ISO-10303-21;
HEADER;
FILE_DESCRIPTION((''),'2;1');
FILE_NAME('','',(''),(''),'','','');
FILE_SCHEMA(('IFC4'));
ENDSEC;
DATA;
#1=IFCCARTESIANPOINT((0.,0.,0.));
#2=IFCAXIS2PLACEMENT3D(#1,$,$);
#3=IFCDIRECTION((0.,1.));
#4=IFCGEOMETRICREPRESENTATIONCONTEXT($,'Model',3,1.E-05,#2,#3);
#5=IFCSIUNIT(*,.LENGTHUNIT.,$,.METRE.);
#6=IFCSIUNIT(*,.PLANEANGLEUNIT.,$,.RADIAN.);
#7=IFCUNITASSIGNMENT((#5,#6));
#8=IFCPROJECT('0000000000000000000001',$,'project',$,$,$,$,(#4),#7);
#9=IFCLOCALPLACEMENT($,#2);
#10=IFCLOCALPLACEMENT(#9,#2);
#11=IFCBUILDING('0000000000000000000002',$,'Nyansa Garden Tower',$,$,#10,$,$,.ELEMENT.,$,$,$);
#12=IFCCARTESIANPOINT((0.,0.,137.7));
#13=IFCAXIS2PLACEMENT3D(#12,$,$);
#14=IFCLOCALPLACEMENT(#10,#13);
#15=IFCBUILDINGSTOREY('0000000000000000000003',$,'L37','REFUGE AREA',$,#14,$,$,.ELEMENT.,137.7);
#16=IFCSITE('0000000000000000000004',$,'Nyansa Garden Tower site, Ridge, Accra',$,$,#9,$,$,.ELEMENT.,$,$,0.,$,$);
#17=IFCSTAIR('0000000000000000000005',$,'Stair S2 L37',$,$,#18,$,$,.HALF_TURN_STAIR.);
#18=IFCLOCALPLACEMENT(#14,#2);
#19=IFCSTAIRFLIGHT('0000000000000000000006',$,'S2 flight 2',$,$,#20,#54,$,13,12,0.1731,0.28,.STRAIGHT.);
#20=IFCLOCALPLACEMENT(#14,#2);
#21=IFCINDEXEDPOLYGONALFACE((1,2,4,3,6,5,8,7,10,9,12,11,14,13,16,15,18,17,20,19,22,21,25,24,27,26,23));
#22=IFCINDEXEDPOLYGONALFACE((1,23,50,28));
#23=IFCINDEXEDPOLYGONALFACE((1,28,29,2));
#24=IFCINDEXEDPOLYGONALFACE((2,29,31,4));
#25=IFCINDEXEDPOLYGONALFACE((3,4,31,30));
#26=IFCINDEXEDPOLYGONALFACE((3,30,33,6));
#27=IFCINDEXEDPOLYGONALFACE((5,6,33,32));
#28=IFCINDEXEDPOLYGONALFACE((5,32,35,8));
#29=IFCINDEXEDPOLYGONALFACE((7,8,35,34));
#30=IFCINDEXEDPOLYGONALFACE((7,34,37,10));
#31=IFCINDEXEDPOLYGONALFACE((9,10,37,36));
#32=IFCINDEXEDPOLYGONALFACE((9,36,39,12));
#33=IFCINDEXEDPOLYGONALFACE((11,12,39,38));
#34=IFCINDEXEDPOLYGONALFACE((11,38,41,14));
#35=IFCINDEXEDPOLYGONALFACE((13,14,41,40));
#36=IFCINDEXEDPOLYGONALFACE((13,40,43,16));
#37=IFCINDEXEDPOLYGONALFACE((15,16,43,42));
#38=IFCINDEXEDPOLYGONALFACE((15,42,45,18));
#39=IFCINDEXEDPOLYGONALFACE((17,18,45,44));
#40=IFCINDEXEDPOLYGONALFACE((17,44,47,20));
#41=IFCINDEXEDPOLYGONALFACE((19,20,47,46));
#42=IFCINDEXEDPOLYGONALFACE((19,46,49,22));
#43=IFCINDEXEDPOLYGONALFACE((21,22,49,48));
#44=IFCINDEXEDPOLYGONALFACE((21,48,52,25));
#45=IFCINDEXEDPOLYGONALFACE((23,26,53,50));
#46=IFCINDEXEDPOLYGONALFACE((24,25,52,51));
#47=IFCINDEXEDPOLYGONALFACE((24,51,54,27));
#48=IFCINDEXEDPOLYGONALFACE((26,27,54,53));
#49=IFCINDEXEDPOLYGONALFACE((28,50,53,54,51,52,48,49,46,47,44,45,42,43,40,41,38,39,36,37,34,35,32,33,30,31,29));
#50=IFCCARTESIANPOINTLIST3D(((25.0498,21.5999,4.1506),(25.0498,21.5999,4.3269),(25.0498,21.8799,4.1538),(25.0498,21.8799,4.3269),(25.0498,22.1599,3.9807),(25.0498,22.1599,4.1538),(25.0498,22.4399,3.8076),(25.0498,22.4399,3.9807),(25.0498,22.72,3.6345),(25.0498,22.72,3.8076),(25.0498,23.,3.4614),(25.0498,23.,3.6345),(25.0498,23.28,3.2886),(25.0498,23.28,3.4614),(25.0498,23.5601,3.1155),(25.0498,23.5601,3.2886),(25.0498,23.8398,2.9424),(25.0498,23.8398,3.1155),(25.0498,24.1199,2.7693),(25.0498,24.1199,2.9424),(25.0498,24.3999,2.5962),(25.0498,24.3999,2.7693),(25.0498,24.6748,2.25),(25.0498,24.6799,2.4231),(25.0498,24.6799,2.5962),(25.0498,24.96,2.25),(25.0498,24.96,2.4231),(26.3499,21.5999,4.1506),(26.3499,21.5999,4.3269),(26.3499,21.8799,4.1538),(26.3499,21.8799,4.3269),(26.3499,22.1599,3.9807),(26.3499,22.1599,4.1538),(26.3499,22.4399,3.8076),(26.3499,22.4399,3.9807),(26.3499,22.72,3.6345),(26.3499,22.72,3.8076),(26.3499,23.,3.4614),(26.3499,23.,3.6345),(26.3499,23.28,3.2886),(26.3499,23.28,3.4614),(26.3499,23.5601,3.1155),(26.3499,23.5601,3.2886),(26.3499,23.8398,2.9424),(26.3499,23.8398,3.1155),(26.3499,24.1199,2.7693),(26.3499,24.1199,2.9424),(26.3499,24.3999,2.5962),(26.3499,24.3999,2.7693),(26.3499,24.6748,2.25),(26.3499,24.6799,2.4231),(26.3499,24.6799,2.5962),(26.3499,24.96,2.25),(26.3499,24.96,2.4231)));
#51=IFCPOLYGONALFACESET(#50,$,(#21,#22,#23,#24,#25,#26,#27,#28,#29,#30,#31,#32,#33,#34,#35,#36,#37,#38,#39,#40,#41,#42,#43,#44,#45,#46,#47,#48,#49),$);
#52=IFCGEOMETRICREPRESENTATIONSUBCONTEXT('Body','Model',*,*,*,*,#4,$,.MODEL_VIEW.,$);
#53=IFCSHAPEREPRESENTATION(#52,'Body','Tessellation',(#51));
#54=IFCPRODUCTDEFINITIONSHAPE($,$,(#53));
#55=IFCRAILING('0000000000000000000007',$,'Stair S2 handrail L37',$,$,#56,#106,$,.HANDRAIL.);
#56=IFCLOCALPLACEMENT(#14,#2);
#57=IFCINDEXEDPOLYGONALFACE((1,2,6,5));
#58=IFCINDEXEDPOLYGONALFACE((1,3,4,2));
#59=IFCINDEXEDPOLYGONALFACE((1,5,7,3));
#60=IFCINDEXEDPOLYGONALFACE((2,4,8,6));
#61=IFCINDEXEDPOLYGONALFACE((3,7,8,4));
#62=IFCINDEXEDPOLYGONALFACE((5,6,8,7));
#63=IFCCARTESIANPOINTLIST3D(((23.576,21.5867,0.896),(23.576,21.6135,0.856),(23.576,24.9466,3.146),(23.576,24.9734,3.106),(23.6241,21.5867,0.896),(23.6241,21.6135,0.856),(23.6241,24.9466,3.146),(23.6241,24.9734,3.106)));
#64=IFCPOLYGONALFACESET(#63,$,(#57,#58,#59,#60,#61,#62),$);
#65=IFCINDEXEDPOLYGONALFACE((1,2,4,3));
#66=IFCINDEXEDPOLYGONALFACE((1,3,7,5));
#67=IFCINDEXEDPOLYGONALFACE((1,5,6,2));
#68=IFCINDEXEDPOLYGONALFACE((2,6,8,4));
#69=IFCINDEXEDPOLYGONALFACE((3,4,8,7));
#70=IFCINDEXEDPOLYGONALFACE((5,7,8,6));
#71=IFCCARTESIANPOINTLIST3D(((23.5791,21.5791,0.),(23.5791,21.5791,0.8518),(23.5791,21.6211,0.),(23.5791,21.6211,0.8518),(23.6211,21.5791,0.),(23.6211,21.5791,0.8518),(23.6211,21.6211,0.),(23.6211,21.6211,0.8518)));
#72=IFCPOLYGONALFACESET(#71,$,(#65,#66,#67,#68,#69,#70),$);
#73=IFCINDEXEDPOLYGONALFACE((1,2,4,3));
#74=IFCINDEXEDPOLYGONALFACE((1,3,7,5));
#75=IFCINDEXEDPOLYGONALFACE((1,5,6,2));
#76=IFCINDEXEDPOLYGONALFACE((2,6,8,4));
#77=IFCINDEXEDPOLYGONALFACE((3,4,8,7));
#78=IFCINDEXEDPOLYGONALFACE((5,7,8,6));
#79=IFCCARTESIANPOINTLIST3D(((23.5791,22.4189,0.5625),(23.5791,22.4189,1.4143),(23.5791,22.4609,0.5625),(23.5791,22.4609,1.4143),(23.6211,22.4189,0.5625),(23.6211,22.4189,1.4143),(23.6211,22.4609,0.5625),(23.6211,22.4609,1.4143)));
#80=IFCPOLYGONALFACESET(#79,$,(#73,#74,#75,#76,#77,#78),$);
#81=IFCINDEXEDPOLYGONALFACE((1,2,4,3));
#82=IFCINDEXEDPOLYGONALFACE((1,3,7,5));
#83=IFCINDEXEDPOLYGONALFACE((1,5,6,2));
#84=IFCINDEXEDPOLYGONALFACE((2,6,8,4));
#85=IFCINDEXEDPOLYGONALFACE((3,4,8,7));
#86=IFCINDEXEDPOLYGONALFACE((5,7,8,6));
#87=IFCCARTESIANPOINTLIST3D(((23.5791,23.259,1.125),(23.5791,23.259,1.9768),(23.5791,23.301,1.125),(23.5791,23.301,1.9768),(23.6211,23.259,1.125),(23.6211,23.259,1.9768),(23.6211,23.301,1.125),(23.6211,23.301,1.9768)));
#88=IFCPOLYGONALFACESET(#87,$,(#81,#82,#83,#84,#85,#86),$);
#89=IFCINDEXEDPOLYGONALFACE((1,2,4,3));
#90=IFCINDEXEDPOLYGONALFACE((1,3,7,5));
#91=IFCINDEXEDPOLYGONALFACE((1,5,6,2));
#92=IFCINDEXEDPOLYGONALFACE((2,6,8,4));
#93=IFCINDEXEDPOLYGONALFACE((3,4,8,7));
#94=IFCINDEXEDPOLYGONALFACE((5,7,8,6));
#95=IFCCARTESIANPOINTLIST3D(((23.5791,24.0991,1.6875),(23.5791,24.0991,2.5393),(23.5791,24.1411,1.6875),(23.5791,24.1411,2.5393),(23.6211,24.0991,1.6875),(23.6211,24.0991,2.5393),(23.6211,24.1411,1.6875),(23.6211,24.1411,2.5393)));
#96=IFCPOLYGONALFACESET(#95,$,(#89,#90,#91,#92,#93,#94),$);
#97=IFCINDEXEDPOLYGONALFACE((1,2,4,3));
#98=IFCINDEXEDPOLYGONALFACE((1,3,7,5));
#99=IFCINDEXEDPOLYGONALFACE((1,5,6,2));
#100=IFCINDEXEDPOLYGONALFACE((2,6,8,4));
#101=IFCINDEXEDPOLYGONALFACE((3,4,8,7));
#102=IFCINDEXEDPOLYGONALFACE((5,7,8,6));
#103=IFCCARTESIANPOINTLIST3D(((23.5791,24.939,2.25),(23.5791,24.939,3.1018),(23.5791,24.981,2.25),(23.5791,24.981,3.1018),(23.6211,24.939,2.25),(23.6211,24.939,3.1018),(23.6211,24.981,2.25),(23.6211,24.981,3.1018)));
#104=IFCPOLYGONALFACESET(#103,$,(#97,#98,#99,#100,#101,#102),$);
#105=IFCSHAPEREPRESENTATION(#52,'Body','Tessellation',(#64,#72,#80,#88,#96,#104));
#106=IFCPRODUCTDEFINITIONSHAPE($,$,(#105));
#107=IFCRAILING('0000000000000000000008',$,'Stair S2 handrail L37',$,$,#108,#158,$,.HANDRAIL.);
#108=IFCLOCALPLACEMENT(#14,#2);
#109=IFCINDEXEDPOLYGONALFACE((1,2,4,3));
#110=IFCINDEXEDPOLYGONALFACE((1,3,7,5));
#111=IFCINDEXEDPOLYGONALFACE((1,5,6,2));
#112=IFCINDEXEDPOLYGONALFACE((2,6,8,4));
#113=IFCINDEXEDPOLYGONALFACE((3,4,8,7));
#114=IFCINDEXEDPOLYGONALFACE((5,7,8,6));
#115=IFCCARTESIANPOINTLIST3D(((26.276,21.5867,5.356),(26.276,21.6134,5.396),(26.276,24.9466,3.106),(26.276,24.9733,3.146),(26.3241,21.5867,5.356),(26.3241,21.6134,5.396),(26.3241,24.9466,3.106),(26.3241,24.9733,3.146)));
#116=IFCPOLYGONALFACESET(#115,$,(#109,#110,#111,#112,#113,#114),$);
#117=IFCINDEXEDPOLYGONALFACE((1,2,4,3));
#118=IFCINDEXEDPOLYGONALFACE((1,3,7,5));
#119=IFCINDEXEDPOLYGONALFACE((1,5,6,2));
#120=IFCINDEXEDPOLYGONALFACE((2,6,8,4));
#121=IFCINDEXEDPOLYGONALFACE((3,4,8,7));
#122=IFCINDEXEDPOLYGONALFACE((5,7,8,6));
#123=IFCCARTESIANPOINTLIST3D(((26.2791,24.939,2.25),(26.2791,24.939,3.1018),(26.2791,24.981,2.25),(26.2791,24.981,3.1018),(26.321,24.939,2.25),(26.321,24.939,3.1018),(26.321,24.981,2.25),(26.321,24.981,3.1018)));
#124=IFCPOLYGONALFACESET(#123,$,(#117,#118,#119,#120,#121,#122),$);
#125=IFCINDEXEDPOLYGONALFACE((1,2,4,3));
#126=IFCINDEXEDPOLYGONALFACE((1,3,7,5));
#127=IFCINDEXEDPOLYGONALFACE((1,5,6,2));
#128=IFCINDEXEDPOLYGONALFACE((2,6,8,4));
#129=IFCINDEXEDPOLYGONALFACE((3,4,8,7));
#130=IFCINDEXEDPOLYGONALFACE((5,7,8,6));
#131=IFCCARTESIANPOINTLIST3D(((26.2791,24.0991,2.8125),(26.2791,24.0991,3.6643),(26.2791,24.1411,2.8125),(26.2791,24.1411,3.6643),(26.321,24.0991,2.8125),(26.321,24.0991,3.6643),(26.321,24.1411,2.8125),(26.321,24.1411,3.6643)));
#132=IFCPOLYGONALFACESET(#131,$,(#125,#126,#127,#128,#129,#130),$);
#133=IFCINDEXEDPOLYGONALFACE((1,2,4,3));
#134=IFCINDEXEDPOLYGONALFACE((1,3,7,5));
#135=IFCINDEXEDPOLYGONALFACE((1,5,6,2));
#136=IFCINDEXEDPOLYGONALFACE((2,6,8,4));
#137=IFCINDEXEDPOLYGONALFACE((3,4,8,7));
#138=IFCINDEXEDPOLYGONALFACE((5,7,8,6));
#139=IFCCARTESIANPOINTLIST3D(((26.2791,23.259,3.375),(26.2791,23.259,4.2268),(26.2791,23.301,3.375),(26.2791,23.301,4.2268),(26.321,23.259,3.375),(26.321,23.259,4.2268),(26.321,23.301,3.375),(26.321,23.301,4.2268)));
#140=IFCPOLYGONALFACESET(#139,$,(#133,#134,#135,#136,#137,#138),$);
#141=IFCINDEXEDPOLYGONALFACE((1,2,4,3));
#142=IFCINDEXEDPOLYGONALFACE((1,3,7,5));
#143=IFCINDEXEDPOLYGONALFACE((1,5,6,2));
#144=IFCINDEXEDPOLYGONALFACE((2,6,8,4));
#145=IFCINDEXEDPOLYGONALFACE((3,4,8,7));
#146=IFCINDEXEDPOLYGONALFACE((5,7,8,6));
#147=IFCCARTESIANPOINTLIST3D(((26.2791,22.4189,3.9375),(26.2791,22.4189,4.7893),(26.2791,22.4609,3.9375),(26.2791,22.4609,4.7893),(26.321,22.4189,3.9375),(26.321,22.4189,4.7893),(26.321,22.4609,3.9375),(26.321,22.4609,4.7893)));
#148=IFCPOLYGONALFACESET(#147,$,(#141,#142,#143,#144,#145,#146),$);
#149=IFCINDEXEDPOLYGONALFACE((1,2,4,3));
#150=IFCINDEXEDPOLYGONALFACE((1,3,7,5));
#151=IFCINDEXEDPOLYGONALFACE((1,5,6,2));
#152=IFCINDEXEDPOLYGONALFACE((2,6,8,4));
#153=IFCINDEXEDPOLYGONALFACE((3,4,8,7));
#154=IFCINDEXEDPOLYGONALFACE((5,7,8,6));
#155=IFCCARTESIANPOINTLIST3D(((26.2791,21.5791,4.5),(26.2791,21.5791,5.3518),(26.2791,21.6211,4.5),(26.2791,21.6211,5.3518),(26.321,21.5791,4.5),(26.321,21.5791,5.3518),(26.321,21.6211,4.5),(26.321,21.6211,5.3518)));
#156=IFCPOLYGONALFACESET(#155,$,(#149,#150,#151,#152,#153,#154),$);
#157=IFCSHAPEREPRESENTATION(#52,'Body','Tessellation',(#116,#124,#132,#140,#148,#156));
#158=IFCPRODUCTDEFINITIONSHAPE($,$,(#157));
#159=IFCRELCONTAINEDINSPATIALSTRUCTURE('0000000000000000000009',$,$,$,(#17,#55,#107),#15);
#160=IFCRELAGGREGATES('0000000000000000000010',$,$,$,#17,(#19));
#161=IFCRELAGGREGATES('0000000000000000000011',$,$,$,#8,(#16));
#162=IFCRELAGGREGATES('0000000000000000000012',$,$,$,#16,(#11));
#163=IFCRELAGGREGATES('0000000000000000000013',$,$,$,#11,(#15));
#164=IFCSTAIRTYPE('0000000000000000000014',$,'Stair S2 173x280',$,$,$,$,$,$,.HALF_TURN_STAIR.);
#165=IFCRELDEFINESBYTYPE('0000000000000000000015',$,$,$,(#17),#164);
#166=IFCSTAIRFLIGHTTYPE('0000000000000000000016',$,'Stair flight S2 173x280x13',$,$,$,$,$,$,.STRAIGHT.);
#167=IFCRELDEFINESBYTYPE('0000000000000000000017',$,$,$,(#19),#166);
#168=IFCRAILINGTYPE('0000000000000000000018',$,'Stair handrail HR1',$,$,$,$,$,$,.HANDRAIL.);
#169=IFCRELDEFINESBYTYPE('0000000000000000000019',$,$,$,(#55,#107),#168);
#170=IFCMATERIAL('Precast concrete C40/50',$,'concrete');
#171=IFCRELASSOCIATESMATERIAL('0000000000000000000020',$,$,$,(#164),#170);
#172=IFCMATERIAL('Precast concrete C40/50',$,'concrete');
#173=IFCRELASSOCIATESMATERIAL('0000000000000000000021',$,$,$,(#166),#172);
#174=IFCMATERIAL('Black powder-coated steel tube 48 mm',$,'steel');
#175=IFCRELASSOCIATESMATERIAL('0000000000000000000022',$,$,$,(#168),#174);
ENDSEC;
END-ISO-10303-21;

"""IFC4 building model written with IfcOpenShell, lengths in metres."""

from ifc_helpers import new_model, si_unit, direction, frame, origin, origin_2d, place, context, subcontext, project, spatial, polyline, rectangle, outline, extrude, material, type_object, element, aggregate, save


model = new_model("IFC4")

# Units and contexts
model_context = context("Model", 3, precision=1e-05, world=origin(), true_north=direction((0.0, 1.0)))
body_context = subcontext(model_context, "Body", "Model", "MODEL_VIEW")
ifc_project = project(units=[si_unit("LENGTHUNIT", "METRE"), si_unit("PLANEANGLEUNIT", "RADIAN")], contexts=[model_context])

# Site, building, storey
site_placement = place(None, origin())
site = spatial("IfcSite", under=ifc_project, at=site_placement, Name="Nyansa Garden Tower site, Ridge, Accra", CompositionType="ELEMENT", RefElevation=0.0)
building_placement = place(site_placement, origin())
building = spatial("IfcBuilding", under=site, at=building_placement, Name="Nyansa Garden Tower", CompositionType="ELEMENT")
storey_placement = place(building_placement, frame((0.0, 0.0, 137.7)))
storey = spatial("IfcBuildingStorey", under=building, at=storey_placement, Name="L37", Description="REFUGE AREA", CompositionType="ELEMENT", Elevation=137.7)

# Stair, stair flight
ifc_material_1 = material(Name="Precast concrete C40/50", Category="concrete")
stair_type = type_object("IfcStairType", Name="Stair S2 173x280", PredefinedType="HALF_TURN_STAIR", material=ifc_material_1)
stair_placement = place(storey_placement, origin())
stair = element("IfcStair", 1, at=stair_placement, inside=storey, type_object=stair_type, Name="Stair S2 L37", PredefinedType="HALF_TURN_STAIR")
ifc_material_2 = material(Name="Precast concrete C40/50", Category="concrete")
stair_flight_type = type_object("IfcStairFlightType", Name="Stair flight S2 173x280x13", PredefinedType="STRAIGHT", material=ifc_material_2)
stair_flight_1_placement = place(storey_placement, frame((25.7, 24.96, 2.25), z_axis=(0.0, 0.0, 1.0), x_axis=(0.0, -1.0, 0.0)))
stair_flight_1 = element("IfcStairFlight", 2, at=stair_flight_1_placement, type_object=stair_flight_type, Name="S2 flight 2", NumberOfRisers=13, NumberOfTreads=12, PredefinedType="STRAIGHT", RiserHeight=0.1731, TreadLength=0.28, context=body_context, shape_type="SweptSolid", body=[
    extrude(outline(polyline([(0.0, 0.0), (0.0, 0.1731), (0.28, 0.1731), (0.28, 0.3462), (0.5601, 0.3462), (0.5601, 0.5193), (0.8401, 0.5193), (0.8401, 0.6924), (1.1201, 0.6924), (1.1201, 0.8655), (1.3999, 0.8655), (1.3999, 1.0386), (1.6799, 1.0386), (1.6799, 1.2114), (1.96, 1.2114), (1.96, 1.3845), (2.24, 1.3845), (2.24, 1.5576), (2.52, 1.5576), (2.52, 1.7307), (2.8, 1.7307), (2.8, 1.9038), (3.0801, 1.9038), (3.0801, 2.0769), (3.3601, 2.0769), (3.3601, 2.25), (3.3601, 1.9006), (0.2852, 0.0), (0.0, 0.0)])), frame((0.0, 0.6499, 0.0), z_axis=(0.0, -1.0, 0.0), x_axis=(1.0, 0.0, 0.0)), (0.0, 0.0, 1.0), 1.3),
])
aggregate(stair, [stair_flight_1])

# Railings
ifc_material_3 = material(Name="Black powder-coated steel tube 48 mm", Category="steel")
railing_type = type_object("IfcRailingType", Name="Stair handrail HR1", PredefinedType="HANDRAIL", material=ifc_material_3)
railing_1_placement = place(storey_placement, frame((23.6001, 21.6001, 0.0)))
element("IfcRailing", 3, at=railing_1_placement, inside=storey, type_object=railing_type, Name="Stair S2 handrail L37", PredefinedType="HANDRAIL", context=body_context, shape_type="SweptSolid", body=[
    extrude(rectangle(XDim=0.0481, YDim=0.0481, at=origin_2d()), frame((0.0, 0.0, 0.876), z_axis=(0.0, 0.830897, 0.556427), x_axis=(-1.0, 0.0, 0.0)), (0.0, 0.0, 1.0), 4.0437),
    extrude(rectangle(XDim=0.042, YDim=0.042, at=origin_2d()), origin(), (0.0, 0.0, 1.0), 0.8518),
    extrude(rectangle(XDim=0.042, YDim=0.042, at=origin_2d()), frame((0.0, 0.8398, 0.5625)), (0.0, 0.0, 1.0), 0.8518),
    extrude(rectangle(XDim=0.042, YDim=0.042, at=origin_2d()), frame((0.0, 1.6799, 1.125)), (0.0, 0.0, 1.0), 0.8518),
    extrude(rectangle(XDim=0.042, YDim=0.042, at=origin_2d()), frame((0.0, 2.52, 1.6875)), (0.0, 0.0, 1.0), 0.8518),
    extrude(rectangle(XDim=0.042, YDim=0.042, at=origin_2d()), frame((0.0, 3.3599, 2.25)), (0.0, 0.0, 1.0), 0.8518),
])
railing_2_placement = place(storey_placement, frame((26.3, 24.96, 2.25)))
element("IfcRailing", 4, at=railing_2_placement, inside=storey, type_object=railing_type, Name="Stair S2 handrail L37", PredefinedType="HANDRAIL", context=body_context, shape_type="SweptSolid", body=[
    extrude(rectangle(XDim=0.0481, YDim=0.0481, at=origin_2d()), frame((0.0, 0.0, 0.876), z_axis=(0.0, -0.830897, 0.556427), x_axis=(1.0, 0.0, 0.0)), (0.0, 0.0, 1.0), 4.0437),
    extrude(rectangle(XDim=0.042, YDim=0.042, at=origin_2d()), origin(), (0.0, 0.0, 1.0), 0.8518),
    extrude(rectangle(XDim=0.042, YDim=0.042, at=origin_2d()), frame((0.0, -0.8398, 0.5625)), (0.0, 0.0, 1.0), 0.8518),
    extrude(rectangle(XDim=0.042, YDim=0.042, at=origin_2d()), frame((0.0, -1.6799, 1.125)), (0.0, 0.0, 1.0), 0.8518),
    extrude(rectangle(XDim=0.042, YDim=0.042, at=origin_2d()), frame((0.0, -2.52, 1.6875)), (0.0, 0.0, 1.0), 0.8518),
    extrude(rectangle(XDim=0.042, YDim=0.042, at=origin_2d()), frame((0.0, -3.3599, 2.25)), (0.0, 0.0, 1.0), 0.8518),
])

save(model, "model.ifc")
